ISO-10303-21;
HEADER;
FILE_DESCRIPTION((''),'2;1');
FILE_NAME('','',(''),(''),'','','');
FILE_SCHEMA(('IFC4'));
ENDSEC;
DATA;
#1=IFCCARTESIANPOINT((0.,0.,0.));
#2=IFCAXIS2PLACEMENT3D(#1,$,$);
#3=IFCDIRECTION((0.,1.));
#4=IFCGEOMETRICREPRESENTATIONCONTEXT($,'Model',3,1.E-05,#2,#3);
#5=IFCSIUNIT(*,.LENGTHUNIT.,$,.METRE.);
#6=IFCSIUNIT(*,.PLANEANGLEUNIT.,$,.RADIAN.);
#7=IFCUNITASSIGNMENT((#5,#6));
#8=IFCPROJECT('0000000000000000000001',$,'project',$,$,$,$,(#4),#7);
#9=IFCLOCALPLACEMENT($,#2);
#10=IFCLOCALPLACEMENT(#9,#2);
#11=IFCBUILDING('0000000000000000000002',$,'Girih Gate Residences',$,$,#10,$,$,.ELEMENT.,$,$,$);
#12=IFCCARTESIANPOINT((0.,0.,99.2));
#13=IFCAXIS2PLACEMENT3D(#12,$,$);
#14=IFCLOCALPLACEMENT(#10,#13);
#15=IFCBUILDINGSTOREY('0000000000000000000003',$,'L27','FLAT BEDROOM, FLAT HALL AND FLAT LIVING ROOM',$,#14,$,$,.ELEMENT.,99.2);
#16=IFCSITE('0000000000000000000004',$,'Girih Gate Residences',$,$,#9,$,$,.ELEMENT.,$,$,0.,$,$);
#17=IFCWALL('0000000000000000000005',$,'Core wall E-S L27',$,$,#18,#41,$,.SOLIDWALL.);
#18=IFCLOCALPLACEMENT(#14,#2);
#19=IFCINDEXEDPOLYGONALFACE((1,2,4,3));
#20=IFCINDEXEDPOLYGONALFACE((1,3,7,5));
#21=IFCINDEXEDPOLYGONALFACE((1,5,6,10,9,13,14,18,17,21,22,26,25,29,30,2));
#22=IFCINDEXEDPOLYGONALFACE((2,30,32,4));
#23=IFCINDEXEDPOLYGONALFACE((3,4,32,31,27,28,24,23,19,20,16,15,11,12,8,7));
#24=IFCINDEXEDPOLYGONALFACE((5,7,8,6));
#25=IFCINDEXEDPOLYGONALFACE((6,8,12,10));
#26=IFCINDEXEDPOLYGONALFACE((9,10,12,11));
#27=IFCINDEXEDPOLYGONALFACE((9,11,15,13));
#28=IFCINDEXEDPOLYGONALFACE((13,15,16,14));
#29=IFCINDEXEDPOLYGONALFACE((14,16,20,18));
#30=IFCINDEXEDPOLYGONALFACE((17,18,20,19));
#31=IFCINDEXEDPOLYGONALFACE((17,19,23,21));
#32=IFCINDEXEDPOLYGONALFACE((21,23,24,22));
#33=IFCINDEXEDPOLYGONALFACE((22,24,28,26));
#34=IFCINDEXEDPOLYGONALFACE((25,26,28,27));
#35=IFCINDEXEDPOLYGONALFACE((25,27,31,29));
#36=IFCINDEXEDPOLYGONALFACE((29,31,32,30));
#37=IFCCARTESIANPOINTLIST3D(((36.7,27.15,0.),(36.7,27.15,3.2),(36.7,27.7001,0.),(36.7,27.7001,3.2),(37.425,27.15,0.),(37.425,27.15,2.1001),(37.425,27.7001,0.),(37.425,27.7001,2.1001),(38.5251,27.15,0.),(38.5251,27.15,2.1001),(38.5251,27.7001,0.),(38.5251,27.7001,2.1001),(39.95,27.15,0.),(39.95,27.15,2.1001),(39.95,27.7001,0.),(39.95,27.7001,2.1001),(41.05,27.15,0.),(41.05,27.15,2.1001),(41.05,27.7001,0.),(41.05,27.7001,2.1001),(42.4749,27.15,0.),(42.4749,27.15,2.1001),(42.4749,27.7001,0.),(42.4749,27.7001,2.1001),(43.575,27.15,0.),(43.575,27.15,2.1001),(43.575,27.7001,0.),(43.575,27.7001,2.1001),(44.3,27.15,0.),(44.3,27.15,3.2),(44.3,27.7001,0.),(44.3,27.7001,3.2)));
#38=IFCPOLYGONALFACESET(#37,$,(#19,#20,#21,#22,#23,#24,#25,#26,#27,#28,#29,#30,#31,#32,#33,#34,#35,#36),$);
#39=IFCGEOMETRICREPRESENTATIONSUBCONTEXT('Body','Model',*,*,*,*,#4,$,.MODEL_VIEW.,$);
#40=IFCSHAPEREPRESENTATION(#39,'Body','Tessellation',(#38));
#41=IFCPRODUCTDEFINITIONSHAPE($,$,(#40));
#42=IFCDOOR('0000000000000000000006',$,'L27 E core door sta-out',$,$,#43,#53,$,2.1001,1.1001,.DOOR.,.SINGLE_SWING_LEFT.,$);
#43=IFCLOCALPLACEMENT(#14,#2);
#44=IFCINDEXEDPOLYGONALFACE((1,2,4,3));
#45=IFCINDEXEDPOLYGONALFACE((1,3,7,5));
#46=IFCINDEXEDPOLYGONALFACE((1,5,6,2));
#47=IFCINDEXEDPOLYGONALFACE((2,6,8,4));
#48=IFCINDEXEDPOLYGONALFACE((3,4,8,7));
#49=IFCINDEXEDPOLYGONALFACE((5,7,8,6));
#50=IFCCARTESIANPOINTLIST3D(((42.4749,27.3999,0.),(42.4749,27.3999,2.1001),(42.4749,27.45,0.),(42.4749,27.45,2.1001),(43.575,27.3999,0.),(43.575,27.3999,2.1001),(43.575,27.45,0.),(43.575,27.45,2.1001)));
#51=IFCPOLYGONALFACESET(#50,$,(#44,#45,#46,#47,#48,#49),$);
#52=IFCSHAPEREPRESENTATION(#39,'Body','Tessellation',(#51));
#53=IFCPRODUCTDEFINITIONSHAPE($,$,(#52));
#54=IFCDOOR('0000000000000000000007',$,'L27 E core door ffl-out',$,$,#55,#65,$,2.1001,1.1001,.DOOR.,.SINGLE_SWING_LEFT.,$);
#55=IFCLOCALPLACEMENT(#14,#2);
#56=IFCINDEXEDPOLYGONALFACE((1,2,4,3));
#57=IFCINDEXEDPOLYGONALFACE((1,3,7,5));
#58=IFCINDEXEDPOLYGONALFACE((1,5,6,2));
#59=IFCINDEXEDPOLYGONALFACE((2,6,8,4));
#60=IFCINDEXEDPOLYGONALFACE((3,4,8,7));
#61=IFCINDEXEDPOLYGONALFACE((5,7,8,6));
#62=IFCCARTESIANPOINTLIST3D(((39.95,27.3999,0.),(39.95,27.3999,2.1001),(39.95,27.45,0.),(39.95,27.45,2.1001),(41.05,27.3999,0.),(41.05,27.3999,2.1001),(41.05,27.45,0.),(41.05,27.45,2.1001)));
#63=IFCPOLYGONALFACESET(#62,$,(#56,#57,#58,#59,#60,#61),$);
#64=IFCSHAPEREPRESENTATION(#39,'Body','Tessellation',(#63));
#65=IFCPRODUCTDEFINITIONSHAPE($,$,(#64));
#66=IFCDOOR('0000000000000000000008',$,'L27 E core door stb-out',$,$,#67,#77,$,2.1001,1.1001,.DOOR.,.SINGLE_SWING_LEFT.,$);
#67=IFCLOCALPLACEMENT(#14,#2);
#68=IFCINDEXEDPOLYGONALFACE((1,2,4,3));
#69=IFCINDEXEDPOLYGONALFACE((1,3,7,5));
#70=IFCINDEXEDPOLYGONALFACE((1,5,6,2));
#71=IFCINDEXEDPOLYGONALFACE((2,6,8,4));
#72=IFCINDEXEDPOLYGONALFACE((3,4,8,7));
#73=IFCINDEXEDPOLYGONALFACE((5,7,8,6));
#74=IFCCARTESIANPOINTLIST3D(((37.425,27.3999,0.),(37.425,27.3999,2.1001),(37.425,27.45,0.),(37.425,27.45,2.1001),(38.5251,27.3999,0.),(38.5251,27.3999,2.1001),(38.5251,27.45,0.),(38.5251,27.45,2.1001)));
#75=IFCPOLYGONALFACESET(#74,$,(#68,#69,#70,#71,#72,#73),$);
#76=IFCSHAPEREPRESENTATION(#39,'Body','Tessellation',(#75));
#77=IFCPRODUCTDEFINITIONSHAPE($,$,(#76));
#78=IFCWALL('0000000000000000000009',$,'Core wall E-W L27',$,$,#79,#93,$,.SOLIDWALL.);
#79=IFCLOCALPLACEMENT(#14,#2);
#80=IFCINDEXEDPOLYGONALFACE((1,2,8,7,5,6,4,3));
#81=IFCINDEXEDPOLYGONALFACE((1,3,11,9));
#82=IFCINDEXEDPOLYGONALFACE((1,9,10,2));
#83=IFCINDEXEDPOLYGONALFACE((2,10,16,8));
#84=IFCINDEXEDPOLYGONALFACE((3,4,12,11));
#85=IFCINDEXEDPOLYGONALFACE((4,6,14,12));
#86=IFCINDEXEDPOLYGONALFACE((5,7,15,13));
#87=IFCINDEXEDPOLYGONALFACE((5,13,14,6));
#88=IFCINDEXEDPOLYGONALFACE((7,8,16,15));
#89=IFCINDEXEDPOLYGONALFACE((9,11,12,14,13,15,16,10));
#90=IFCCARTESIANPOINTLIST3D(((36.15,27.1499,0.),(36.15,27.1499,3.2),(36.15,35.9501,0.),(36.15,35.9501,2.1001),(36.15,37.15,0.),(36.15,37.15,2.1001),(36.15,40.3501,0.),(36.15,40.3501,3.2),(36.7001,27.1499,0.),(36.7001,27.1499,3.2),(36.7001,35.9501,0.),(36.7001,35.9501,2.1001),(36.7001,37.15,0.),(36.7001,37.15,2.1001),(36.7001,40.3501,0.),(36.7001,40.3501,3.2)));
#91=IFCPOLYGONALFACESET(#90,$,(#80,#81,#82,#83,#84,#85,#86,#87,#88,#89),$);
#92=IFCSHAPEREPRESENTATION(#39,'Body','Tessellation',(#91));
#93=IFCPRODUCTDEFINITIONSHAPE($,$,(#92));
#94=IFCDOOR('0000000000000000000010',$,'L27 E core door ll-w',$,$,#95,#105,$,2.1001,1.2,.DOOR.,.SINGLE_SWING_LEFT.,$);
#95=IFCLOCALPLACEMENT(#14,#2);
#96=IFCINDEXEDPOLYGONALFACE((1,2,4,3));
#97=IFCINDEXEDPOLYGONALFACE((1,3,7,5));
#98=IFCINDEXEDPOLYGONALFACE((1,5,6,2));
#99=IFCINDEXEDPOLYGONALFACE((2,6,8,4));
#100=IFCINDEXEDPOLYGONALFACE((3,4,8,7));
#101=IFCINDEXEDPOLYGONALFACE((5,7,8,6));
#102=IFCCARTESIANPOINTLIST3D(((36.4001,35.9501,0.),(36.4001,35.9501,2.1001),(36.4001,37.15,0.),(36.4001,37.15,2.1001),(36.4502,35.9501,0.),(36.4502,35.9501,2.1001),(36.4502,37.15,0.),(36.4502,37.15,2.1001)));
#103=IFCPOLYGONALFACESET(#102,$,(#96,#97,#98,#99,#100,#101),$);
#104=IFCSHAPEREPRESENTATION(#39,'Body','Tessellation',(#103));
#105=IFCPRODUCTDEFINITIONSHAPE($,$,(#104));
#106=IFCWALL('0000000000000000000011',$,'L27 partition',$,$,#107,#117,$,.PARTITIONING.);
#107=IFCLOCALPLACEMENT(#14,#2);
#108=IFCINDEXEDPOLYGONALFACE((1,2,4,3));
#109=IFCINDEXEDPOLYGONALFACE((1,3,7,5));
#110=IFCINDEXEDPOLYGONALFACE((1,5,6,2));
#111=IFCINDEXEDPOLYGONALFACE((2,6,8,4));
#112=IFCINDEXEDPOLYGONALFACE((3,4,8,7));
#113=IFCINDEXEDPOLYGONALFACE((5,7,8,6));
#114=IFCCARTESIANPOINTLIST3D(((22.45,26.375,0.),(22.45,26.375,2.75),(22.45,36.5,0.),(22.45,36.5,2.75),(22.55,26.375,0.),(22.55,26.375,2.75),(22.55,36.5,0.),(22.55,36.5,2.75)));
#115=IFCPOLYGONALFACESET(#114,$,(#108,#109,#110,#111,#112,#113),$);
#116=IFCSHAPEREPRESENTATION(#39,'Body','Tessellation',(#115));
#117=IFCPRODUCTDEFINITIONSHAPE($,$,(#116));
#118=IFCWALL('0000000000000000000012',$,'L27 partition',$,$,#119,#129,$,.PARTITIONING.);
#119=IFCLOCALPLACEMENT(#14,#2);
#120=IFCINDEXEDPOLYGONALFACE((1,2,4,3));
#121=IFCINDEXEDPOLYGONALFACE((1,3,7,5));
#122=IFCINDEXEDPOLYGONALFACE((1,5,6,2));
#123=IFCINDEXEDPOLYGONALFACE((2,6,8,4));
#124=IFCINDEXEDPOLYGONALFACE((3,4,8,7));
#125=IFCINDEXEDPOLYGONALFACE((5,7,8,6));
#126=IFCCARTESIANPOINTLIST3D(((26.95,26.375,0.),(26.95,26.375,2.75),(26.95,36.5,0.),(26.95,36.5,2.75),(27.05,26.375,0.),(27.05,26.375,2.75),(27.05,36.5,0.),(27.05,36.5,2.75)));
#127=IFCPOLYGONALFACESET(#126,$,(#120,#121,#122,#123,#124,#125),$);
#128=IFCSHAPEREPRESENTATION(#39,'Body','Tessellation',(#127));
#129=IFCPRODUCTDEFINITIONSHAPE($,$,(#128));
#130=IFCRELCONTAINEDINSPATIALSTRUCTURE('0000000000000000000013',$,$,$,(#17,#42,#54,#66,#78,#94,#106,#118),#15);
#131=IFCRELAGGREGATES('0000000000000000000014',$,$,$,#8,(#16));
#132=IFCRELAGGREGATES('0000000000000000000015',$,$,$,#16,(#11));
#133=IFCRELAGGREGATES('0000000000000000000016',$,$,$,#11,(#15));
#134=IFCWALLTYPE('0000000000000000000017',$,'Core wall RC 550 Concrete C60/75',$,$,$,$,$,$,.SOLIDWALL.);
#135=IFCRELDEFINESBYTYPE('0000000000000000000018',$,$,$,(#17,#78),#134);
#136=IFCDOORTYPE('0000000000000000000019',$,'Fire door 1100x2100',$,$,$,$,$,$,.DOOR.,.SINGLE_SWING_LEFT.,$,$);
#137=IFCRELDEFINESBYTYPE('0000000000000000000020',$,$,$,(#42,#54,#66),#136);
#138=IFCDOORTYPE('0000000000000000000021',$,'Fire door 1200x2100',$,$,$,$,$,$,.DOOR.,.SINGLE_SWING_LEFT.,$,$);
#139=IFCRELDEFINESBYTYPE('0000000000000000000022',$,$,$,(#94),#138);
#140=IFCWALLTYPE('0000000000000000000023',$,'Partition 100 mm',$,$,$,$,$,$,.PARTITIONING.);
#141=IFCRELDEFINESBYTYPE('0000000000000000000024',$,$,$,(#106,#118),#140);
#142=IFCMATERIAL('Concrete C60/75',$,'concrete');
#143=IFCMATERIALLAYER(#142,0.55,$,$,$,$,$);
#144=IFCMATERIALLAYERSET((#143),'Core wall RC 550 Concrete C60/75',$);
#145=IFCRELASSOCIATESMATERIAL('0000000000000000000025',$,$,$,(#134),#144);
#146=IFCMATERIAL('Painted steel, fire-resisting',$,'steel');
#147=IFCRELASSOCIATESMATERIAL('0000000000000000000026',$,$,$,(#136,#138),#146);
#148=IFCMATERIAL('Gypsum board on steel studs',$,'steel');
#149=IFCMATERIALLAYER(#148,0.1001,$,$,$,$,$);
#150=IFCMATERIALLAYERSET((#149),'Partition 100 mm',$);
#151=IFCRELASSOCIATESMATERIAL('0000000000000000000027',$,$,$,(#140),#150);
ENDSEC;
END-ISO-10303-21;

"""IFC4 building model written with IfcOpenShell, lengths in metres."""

from ifc_helpers import new_model, si_unit, direction, frame, frame_2d, origin, place, context, subcontext, project, spatial, rectangle, extrude, material, layer, layer_set, type_object, element, fill, save


model = new_model("IFC4")

# Units and contexts
model_context = context("Model", 3, precision=1e-05, world=origin(), true_north=direction((0.0, 1.0)))
body_context = subcontext(model_context, "Body", "Model", "MODEL_VIEW")
ifc_project = project(units=[si_unit("LENGTHUNIT", "METRE"), si_unit("PLANEANGLEUNIT", "RADIAN")], contexts=[model_context])

# Site, building, storey
site_placement = place(None, origin())
site = spatial("IfcSite", under=ifc_project, at=site_placement, Name="Girih Gate Residences", CompositionType="ELEMENT", RefElevation=0.0)
building_placement = place(site_placement, origin())
building = spatial("IfcBuilding", under=site, at=building_placement, Name="Girih Gate Residences", CompositionType="ELEMENT")
storey_placement = place(building_placement, frame((0.0, 0.0, 99.2)))
storey = spatial("IfcBuildingStorey", under=building, at=storey_placement, Name="L27", Description="FLAT BEDROOM, FLAT HALL AND FLAT LIVING ROOM", CompositionType="ELEMENT", Elevation=99.2)

# Shared definitions
ifc_material_1 = material(Name="Concrete C60/75", Category="concrete")

# Shared definitions
ifc_material_2 = material(Name="Gypsum board on steel studs", Category="steel")

# Wall, openings, doors
ifc_layer_1 = layer(ifc_material_1, 0.55)
ifc_layer_set_1 = layer_set([ifc_layer_1], Name="Core wall RC 550 Concrete C60/75")
wall_type_1 = type_object("IfcWallType", Name="Core wall RC 550 Concrete C60/75", PredefinedType="SOLIDWALL", material=ifc_layer_set_1)
wall_1_placement = place(storey_placement, frame((36.7, 27.425, 0.0), z_axis=(0.0, 0.0, 1.0), x_axis=(1.0, 0.0, 0.0)))
wall_1 = element("IfcWall", 1, at=wall_1_placement, inside=storey, type_object=wall_type_1, Name="Core wall E-S L27", PredefinedType="SOLIDWALL", context=body_context, shape_type="SweptSolid", body=[
    extrude(rectangle(XDim=7.6001, YDim=0.55, at=frame_2d((3.8, 0.0))), origin(), (0.0, 0.0, 1.0), 3.2),
])
opening_1_placement = place(wall_1_placement, frame((5.7749, 0.0, 0.0)))
opening_1 = element("IfcOpeningElement", 2, at=opening_1_placement, cuts=wall_1, PredefinedType="OPENING", context=body_context, shape_type="SweptSolid", body=[
    extrude(rectangle(XDim=1.1001, YDim=2.1001, at=frame_2d((0.55, 1.05))), frame((0.0, 0.2849, 0.0), z_axis=(0.0, -1.0, 0.0), x_axis=(1.0, 0.0, 0.0)), (0.0, 0.0, 1.0), 0.5701),
])
opening_2_placement = place(wall_1_placement, frame((3.25, 0.0, 0.0)))
opening_2 = element("IfcOpeningElement", 3, at=opening_2_placement, cuts=wall_1, PredefinedType="OPENING", context=body_context, shape_type="SweptSolid", body=[
    extrude(rectangle(XDim=1.1001, YDim=2.1001, at=frame_2d((0.55, 1.05))), frame((0.0, 0.2849, 0.0), z_axis=(0.0, -1.0, 0.0), x_axis=(1.0, 0.0, 0.0)), (0.0, 0.0, 1.0), 0.5701),
])
opening_3_placement = place(wall_1_placement, frame((0.7251, 0.0, 0.0)))
opening_3 = element("IfcOpeningElement", 4, at=opening_3_placement, cuts=wall_1, PredefinedType="OPENING", context=body_context, shape_type="SweptSolid", body=[
    extrude(rectangle(XDim=1.1001, YDim=2.1001, at=frame_2d((0.55, 1.05))), frame((0.0, 0.2849, 0.0), z_axis=(0.0, -1.0, 0.0), x_axis=(1.0, 0.0, 0.0)), (0.0, 0.0, 1.0), 0.5701),
])
ifc_material_3 = material(Name="Painted steel, fire-resisting", Category="steel")
door_type_1 = type_object("IfcDoorType", Name="Fire door 1100x2100", OperationType="SINGLE_SWING_LEFT", PredefinedType="DOOR", material=ifc_material_3)
door_1_placement = place(opening_1_placement, origin())
door_1 = element("IfcDoor", 5, at=door_1_placement, inside=storey, type_object=door_type_1, Name="L27 E core door sta-out", OperationType="SINGLE_SWING_LEFT", OverallHeight=2.1001, OverallWidth=1.1001, PredefinedType="DOOR", context=body_context, shape_type="SweptSolid", body=[
    extrude(rectangle(XDim=1.1001, YDim=2.1001, at=frame_2d((0.55, 1.05))), frame((0.0, 0.0249, 0.0), z_axis=(0.0, -1.0, 0.0), x_axis=(1.0, 0.0, 0.0)), (0.0, 0.0, 1.0), 0.05),
])
fill(opening_1, door_1)
door_2_placement = place(opening_2_placement, origin())
door_2 = element("IfcDoor", 6, at=door_2_placement, inside=storey, type_object=door_type_1, Name="L27 E core door ffl-out", OperationType="SINGLE_SWING_LEFT", OverallHeight=2.1001, OverallWidth=1.1001, PredefinedType="DOOR", context=body_context, shape_type="SweptSolid", body=[
    extrude(rectangle(XDim=1.1001, YDim=2.1001, at=frame_2d((0.55, 1.05))), frame((0.0, 0.0249, 0.0), z_axis=(0.0, -1.0, 0.0), x_axis=(1.0, 0.0, 0.0)), (0.0, 0.0, 1.0), 0.05),
])
fill(opening_2, door_2)
door_3_placement = place(opening_3_placement, origin())
door_3 = element("IfcDoor", 7, at=door_3_placement, inside=storey, type_object=door_type_1, Name="L27 E core door stb-out", OperationType="SINGLE_SWING_LEFT", OverallHeight=2.1001, OverallWidth=1.1001, PredefinedType="DOOR", context=body_context, shape_type="SweptSolid", body=[
    extrude(rectangle(XDim=1.1001, YDim=2.1001, at=frame_2d((0.55, 1.05))), frame((0.0, 0.0249, 0.0), z_axis=(0.0, -1.0, 0.0), x_axis=(1.0, 0.0, 0.0)), (0.0, 0.0, 1.0), 0.05),
])
fill(opening_3, door_3)

# Wall, opening, door
wall_2_placement = place(storey_placement, frame((36.425, 27.1499, 0.0), z_axis=(0.0, 0.0, 1.0), x_axis=(0.0, 1.0, 0.0)))
wall_2 = element("IfcWall", 8, at=wall_2_placement, inside=storey, type_object=wall_type_1, Name="Core wall E-W L27", PredefinedType="SOLIDWALL", context=body_context, shape_type="SweptSolid", body=[
    extrude(rectangle(XDim=13.2002, YDim=0.55, at=frame_2d((6.6001, 0.0))), origin(), (0.0, 0.0, 1.0), 3.2),
])
opening_4_placement = place(wall_2_placement, frame((8.8, 0.0, 0.0)))
opening_4 = element("IfcOpeningElement", 9, at=opening_4_placement, cuts=wall_2, PredefinedType="OPENING", context=body_context, shape_type="SweptSolid", body=[
    extrude(rectangle(XDim=1.2, YDim=2.1001, at=frame_2d((0.6001, 1.05))), frame((0.0, 0.2849, 0.0), z_axis=(0.0, -1.0, 0.0), x_axis=(1.0, 0.0, 0.0)), (0.0, 0.0, 1.0), 0.5701),
])
door_type_2 = type_object("IfcDoorType", Name="Fire door 1200x2100", OperationType="SINGLE_SWING_LEFT", PredefinedType="DOOR", material=ifc_material_3)
door_4_placement = place(opening_4_placement, origin())
door_4 = element("IfcDoor", 10, at=door_4_placement, inside=storey, type_object=door_type_2, Name="L27 E core door ll-w", OperationType="SINGLE_SWING_LEFT", OverallHeight=2.1001, OverallWidth=1.2, PredefinedType="DOOR", context=body_context, shape_type="SweptSolid", body=[
    extrude(rectangle(XDim=1.2, YDim=2.1001, at=frame_2d((0.6001, 1.05))), frame((0.0, 0.0249, 0.0), z_axis=(0.0, -1.0, 0.0), x_axis=(1.0, 0.0, 0.0)), (0.0, 0.0, 1.0), 0.05),
])
fill(opening_4, door_4)

# Walls
ifc_layer_2 = layer(ifc_material_2, 0.1001)
ifc_layer_set_2 = layer_set([ifc_layer_2], Name="Partition 100 mm")
wall_type_2 = type_object("IfcWallType", Name="Partition 100 mm", PredefinedType="PARTITIONING", material=ifc_layer_set_2)
for number, where, z_axis, x_axis, name in (
    (11, (22.5, 26.375, 0.0), (0.0, 0.0, 1.0), (0.0, 1.0, 0.0), "L27 partition"),
    (12, (27.0, 26.375, 0.0), (0.0, 0.0, 1.0), (0.0, 1.0, 0.0), "L27 partition"),
):
    element("IfcWall", number, at=place(storey_placement, frame(where, z_axis=z_axis, x_axis=x_axis)), inside=storey, type_object=wall_type_2, Name=name, PredefinedType="PARTITIONING", context=body_context, shape_type="SweptSolid", body=[
        extrude(rectangle(XDim=10.125, YDim=0.1001, at=frame_2d((5.0625, 0.0))), origin(), (0.0, 0.0, 1.0), 2.75),
    ])

save(model, "model.ifc")
